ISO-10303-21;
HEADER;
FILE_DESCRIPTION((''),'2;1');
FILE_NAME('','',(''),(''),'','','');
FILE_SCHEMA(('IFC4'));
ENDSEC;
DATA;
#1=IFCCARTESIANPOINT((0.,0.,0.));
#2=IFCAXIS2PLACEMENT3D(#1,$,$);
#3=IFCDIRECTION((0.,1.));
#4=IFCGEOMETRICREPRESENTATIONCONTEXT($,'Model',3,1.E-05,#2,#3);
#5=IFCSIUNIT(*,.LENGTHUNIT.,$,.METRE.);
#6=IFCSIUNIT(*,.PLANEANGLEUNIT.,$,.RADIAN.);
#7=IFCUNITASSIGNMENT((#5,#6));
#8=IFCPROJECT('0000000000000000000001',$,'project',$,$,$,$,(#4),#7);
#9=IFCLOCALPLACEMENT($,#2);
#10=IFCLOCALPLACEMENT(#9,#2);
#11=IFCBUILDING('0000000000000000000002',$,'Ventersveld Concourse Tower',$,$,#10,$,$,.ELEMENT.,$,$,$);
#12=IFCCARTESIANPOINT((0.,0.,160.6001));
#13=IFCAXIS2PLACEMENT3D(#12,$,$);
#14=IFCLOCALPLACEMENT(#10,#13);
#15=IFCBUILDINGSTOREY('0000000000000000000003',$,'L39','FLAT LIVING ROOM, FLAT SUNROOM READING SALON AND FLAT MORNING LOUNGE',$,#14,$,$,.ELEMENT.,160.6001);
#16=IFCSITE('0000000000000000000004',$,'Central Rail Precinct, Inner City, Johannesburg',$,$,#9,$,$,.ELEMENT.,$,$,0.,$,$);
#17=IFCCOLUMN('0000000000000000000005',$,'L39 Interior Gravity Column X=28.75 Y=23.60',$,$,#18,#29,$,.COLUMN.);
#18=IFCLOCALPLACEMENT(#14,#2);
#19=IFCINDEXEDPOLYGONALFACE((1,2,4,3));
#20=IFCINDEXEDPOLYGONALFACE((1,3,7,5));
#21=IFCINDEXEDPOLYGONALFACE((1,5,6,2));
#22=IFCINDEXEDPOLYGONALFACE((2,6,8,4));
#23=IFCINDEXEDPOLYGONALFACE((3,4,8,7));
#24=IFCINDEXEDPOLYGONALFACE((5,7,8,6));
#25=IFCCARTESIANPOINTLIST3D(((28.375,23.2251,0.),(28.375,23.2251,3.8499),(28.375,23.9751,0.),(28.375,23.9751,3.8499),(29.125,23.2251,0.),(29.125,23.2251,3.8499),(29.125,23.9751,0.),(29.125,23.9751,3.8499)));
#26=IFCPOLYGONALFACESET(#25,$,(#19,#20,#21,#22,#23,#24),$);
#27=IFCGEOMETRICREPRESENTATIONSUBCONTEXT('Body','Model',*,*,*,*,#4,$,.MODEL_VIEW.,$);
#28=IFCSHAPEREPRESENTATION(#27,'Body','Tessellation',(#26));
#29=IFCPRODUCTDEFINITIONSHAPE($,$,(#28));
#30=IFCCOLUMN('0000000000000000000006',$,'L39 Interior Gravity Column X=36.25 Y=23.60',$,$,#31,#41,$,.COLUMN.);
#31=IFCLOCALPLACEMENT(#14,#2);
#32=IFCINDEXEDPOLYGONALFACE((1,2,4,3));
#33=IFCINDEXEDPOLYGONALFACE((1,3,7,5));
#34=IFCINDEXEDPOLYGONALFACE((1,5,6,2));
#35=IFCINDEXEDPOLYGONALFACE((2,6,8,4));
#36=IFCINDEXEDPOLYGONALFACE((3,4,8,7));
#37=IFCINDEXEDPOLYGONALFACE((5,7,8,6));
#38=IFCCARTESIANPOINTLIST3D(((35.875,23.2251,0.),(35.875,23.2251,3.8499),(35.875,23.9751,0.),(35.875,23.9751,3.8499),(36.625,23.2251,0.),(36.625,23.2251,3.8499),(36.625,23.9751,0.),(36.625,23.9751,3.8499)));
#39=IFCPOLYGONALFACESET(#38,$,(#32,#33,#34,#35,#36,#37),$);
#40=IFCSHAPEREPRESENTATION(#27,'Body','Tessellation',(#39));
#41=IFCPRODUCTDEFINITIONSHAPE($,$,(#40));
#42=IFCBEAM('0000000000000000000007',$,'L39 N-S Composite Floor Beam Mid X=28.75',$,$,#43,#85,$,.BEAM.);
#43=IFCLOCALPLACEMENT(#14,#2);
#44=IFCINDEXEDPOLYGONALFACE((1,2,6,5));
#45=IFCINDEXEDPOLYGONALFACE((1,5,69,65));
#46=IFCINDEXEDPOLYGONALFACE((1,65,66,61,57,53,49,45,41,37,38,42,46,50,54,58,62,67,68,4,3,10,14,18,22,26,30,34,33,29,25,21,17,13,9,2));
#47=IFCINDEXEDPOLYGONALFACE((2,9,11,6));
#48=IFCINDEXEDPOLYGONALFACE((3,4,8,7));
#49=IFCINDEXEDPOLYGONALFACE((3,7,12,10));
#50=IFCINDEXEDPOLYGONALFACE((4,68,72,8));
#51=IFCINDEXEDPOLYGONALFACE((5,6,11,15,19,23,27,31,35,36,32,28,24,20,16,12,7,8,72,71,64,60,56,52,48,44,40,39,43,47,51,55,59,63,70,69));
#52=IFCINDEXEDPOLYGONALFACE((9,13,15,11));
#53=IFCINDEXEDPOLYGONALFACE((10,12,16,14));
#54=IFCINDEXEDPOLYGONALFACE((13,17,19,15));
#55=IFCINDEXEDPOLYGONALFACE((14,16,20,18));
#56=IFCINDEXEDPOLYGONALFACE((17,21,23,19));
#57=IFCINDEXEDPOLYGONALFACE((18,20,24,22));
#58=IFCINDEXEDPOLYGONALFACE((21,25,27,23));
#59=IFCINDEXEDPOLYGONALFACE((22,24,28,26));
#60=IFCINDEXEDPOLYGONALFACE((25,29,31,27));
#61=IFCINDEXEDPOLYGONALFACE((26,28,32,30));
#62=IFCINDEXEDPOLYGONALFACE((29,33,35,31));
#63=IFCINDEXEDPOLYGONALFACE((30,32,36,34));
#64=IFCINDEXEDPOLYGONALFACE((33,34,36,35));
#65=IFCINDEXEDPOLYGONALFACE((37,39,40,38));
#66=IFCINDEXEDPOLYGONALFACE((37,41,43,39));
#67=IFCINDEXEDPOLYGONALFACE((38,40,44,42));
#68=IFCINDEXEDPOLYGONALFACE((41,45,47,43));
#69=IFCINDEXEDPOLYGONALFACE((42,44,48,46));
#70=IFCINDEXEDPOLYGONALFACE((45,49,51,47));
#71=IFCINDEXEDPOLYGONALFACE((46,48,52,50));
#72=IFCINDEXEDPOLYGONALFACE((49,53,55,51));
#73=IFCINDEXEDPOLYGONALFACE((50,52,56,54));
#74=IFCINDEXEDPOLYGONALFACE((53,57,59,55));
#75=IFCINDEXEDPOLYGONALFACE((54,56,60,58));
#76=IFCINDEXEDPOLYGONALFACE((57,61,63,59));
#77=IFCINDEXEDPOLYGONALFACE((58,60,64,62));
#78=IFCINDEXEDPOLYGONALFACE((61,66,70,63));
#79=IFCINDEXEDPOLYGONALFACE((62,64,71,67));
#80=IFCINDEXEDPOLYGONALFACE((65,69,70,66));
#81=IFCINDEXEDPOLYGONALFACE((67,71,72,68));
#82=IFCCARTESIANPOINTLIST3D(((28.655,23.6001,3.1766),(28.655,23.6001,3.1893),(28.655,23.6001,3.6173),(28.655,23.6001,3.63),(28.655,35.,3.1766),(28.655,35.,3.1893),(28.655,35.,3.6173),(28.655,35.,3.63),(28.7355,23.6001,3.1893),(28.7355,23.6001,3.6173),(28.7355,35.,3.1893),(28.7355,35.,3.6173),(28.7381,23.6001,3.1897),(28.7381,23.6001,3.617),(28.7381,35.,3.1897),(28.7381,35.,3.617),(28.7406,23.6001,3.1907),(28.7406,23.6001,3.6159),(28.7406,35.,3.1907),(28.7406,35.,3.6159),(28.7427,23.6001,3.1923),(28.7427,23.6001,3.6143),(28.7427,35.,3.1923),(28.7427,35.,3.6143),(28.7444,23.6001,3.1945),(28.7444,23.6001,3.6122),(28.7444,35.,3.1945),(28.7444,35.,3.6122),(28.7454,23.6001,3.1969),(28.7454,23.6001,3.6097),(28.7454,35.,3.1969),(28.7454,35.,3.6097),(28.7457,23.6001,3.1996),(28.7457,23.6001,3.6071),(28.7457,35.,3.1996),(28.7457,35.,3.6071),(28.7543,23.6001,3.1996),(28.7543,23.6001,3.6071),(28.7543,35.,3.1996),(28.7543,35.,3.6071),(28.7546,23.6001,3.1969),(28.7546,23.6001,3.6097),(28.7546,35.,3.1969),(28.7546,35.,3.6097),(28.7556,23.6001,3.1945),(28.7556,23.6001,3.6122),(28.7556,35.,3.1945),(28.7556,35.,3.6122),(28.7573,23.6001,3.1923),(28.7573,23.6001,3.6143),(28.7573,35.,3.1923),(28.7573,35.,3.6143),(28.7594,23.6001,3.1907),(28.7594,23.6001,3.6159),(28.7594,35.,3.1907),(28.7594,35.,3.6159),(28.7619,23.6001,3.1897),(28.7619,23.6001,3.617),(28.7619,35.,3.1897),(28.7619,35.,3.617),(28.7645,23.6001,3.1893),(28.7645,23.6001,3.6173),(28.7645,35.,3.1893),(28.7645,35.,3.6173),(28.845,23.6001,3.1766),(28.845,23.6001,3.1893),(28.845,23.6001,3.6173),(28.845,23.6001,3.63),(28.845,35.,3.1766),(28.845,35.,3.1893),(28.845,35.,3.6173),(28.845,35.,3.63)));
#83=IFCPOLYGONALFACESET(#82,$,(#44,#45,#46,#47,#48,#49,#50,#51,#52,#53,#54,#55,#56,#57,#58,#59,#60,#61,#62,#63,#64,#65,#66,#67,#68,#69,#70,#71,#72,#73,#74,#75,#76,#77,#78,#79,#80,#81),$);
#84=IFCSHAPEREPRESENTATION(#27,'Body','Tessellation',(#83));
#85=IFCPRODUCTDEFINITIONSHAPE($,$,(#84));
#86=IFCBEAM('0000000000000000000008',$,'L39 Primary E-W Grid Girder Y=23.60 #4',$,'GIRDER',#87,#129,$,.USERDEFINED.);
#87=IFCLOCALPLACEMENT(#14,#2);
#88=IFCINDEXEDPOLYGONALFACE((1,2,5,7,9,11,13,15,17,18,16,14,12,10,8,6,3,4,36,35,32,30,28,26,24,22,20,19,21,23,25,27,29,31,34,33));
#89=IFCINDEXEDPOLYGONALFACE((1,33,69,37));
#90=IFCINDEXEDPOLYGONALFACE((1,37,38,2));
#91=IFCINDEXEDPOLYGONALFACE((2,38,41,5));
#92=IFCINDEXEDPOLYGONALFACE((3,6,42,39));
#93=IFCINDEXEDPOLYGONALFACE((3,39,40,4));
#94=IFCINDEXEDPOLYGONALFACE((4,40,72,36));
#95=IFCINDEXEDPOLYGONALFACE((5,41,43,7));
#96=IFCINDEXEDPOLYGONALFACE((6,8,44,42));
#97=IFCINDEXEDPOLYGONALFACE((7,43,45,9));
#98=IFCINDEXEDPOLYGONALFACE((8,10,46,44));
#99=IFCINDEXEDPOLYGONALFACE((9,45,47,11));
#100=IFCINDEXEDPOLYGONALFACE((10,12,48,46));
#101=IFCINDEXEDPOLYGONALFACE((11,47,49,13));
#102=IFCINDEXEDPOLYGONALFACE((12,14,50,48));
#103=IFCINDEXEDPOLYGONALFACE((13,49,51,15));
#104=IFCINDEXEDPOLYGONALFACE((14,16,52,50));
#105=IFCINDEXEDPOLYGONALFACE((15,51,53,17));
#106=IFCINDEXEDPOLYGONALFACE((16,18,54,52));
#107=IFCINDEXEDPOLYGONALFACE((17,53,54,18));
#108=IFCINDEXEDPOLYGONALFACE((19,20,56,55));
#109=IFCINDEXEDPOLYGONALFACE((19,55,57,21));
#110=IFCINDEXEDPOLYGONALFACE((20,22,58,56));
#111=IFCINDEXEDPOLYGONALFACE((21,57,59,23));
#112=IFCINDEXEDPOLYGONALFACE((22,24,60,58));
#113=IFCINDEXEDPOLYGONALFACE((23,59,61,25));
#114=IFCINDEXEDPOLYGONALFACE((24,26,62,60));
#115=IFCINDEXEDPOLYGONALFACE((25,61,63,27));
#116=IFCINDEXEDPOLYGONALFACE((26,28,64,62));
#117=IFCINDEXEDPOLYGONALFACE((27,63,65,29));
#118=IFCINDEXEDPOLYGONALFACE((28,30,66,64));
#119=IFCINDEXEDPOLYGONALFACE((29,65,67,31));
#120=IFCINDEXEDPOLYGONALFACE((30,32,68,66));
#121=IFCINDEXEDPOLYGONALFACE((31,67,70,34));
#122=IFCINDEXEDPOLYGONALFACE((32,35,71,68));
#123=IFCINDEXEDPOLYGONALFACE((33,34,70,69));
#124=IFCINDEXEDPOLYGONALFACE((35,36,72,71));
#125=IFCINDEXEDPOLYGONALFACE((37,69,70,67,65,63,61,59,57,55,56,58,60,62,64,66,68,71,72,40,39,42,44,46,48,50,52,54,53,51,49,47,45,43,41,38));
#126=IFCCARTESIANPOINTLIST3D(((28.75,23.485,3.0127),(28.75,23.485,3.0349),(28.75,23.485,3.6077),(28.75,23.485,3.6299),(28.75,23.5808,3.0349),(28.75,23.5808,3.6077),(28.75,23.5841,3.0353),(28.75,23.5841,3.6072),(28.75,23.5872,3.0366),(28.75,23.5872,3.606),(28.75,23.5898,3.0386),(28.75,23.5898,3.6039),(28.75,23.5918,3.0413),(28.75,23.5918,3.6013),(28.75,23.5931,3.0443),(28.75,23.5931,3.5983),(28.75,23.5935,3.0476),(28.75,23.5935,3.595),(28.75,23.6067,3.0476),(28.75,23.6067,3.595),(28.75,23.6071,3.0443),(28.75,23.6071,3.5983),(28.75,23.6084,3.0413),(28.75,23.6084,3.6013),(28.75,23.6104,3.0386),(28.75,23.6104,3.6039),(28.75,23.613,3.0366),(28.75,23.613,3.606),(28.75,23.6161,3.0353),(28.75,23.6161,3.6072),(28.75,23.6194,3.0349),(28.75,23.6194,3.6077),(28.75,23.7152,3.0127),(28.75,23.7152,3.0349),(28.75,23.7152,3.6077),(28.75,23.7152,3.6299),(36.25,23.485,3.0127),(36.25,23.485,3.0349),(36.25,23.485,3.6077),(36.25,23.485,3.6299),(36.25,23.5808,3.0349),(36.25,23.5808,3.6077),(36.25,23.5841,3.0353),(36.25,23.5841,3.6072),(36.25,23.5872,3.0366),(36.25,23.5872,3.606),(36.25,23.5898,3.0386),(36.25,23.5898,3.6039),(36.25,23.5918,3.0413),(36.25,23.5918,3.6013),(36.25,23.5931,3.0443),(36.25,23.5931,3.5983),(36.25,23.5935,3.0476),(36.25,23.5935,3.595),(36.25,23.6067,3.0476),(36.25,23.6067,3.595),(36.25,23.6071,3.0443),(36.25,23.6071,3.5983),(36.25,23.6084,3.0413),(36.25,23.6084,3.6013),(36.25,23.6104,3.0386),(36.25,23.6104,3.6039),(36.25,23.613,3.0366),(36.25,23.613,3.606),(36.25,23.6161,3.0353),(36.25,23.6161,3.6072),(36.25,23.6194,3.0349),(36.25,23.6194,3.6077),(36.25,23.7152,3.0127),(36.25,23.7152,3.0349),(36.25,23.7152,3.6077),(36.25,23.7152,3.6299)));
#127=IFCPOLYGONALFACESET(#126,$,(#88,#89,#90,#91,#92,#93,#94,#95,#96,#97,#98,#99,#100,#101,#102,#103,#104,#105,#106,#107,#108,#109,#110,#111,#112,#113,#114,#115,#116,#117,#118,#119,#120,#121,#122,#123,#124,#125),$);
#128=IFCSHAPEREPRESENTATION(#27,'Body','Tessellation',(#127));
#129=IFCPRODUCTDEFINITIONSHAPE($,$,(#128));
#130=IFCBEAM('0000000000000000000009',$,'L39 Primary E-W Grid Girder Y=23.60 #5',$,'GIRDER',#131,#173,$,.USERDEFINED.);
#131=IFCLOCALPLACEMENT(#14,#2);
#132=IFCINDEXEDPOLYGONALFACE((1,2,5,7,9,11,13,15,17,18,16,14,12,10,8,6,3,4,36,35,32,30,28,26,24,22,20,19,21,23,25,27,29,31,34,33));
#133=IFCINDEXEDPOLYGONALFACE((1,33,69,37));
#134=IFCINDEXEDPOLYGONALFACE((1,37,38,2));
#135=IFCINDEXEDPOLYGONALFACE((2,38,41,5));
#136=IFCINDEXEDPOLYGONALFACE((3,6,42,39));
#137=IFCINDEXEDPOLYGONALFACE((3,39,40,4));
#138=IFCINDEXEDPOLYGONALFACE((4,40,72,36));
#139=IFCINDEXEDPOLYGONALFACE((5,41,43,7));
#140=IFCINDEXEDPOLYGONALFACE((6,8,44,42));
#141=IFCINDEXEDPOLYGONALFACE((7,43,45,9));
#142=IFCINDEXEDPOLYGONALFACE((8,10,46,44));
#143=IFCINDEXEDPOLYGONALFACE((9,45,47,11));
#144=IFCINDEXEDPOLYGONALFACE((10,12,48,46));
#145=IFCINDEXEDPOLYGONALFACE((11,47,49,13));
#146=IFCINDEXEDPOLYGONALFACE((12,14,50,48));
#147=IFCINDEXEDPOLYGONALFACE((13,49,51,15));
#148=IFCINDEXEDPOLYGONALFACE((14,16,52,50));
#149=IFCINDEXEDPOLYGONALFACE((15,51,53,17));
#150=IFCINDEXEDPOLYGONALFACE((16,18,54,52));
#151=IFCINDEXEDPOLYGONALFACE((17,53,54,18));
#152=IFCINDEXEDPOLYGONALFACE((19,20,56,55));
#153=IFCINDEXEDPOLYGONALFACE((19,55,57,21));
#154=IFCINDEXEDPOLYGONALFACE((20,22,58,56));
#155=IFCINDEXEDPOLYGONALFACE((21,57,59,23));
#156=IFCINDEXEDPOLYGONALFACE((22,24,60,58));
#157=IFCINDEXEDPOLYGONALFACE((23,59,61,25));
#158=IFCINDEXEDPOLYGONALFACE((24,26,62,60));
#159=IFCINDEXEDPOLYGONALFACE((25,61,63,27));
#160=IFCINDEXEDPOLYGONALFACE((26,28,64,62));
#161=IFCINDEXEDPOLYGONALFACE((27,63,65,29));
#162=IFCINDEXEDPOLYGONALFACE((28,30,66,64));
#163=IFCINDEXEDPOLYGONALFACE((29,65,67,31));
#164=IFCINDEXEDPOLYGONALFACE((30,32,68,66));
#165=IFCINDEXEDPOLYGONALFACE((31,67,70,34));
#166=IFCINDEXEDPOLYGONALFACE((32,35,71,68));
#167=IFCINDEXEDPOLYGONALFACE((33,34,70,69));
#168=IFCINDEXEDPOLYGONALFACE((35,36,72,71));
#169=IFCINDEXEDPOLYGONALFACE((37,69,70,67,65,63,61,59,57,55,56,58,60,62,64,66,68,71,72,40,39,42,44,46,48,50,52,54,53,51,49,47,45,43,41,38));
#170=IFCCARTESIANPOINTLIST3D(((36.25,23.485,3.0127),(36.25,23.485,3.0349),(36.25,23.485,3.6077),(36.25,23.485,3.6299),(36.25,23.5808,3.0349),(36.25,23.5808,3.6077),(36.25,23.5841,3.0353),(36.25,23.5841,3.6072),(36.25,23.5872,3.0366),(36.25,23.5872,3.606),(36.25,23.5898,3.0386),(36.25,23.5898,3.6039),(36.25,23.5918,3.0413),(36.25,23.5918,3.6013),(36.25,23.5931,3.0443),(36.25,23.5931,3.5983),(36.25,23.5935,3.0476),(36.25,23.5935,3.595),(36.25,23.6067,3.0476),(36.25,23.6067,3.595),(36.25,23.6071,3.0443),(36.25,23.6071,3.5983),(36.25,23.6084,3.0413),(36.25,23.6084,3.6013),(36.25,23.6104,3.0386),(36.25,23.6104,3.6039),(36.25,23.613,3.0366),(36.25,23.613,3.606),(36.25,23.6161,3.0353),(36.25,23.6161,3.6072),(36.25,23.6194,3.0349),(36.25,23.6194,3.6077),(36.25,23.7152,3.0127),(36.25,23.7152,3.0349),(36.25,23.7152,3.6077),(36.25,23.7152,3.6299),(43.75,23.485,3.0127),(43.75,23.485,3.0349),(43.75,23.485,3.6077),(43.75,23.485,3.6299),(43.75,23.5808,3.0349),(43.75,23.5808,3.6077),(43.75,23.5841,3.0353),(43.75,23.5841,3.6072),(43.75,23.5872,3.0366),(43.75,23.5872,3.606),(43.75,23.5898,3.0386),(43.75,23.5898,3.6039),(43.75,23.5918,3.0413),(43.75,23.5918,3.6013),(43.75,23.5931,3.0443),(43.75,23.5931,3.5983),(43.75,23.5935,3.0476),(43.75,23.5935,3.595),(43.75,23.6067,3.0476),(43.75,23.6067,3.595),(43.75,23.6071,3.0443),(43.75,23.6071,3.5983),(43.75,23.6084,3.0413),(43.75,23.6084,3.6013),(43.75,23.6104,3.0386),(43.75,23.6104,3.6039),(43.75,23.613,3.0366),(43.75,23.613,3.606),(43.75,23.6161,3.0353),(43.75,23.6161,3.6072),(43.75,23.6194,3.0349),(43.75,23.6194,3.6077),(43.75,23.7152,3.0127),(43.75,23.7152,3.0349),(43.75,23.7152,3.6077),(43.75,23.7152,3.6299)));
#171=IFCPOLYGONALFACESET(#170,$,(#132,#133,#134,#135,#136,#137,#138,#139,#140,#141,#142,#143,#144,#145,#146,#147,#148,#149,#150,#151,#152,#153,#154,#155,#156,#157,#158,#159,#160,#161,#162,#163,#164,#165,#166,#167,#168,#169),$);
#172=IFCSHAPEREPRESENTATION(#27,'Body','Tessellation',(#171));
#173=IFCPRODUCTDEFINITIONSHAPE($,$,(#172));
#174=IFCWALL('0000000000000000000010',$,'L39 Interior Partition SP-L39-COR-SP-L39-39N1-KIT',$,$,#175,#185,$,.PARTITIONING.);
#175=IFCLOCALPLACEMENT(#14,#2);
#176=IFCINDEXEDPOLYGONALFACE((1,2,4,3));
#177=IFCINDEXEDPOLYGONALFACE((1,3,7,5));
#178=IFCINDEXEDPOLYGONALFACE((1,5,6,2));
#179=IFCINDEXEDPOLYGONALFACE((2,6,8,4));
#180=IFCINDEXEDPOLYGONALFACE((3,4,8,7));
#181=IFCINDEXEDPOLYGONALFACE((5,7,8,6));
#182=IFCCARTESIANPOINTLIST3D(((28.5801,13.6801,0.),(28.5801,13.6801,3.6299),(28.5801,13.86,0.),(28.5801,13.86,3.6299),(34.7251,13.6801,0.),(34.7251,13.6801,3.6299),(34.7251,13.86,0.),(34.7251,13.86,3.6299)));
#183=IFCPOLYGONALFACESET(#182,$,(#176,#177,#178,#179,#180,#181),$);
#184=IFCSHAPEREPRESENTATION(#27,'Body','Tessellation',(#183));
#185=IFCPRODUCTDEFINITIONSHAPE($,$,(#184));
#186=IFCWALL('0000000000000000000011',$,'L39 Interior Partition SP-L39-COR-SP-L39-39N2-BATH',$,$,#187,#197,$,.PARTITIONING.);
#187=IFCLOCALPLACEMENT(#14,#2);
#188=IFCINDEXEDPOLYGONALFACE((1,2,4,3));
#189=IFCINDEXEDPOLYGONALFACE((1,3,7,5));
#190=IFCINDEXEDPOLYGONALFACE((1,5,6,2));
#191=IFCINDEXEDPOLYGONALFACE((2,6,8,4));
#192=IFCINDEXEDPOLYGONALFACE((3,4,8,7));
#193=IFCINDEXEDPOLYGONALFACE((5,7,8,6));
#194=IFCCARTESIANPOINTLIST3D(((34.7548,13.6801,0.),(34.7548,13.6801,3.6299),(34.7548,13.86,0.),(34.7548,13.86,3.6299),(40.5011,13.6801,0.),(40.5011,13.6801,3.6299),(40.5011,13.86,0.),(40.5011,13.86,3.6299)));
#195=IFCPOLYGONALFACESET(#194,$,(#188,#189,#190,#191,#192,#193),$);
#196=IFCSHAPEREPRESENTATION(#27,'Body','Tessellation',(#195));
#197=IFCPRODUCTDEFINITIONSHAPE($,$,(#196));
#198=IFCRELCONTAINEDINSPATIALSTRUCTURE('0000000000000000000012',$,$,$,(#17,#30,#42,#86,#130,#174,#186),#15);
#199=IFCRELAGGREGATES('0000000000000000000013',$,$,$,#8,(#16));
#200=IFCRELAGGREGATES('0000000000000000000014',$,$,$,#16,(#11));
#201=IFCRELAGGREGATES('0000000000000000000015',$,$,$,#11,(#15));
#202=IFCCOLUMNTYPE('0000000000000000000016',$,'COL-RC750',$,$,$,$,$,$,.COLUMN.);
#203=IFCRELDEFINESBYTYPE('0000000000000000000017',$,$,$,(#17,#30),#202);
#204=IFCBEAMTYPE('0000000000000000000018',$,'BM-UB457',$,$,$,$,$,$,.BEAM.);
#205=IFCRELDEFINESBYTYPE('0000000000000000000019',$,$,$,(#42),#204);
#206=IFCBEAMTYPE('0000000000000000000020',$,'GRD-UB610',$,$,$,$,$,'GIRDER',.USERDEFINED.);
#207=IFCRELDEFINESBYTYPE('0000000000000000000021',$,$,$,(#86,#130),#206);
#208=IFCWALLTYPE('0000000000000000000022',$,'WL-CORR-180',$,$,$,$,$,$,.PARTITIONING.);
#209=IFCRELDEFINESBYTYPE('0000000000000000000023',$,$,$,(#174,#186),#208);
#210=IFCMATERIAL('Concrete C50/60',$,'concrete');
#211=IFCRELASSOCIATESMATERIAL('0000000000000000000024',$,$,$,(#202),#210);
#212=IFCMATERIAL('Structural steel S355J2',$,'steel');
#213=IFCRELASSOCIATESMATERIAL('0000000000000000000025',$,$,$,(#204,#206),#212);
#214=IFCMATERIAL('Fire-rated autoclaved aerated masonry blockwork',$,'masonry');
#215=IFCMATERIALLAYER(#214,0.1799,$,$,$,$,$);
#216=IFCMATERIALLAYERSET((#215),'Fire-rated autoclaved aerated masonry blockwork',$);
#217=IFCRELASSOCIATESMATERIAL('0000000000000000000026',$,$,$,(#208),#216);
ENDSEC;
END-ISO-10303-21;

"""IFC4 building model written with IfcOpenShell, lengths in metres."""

from ifc_helpers import new_model, si_unit, direction, frame, frame_2d, origin, origin_2d, place, context, subcontext, project, spatial, rectangle, i_section, extrude, material, layer, layer_set, material_profile, profile_set, type_object, element, save


model = new_model("IFC4")

# Units and contexts
model_context = context("Model", 3, precision=1e-05, world=origin(), true_north=direction((0.0, 1.0)))
body_context = subcontext(model_context, "Body", "Model", "MODEL_VIEW")
ifc_project = project(units=[si_unit("LENGTHUNIT", "METRE"), si_unit("PLANEANGLEUNIT", "RADIAN")], contexts=[model_context])

# Site, building, storey
site_placement = place(None, origin())
site = spatial("IfcSite", under=ifc_project, at=site_placement, Name="Central Rail Precinct, Inner City, Johannesburg", CompositionType="ELEMENT", RefElevation=0.0)
building_placement = place(site_placement, origin())
building = spatial("IfcBuilding", under=site, at=building_placement, Name="Ventersveld Concourse Tower", CompositionType="ELEMENT")
storey_placement = place(building_placement, frame((0.0, 0.0, 160.6001)))
storey = spatial("IfcBuildingStorey", under=building, at=storey_placement, Name="L39", Description="FLAT LIVING ROOM, FLAT SUNROOM READING SALON AND FLAT MORNING LOUNGE", CompositionType="ELEMENT", Elevation=160.6001)

# Columns
ifc_material_1 = material(Name="Concrete C50/60", Category="concrete")
ifc_material_profile_1 = material_profile(ifc_material_1, rectangle(XDim=0.75, YDim=0.75, at=origin_2d()), Name="RC 750x750")
ifc_profile_set_1 = profile_set([ifc_material_profile_1], Name="Concrete C50/60")
column_type = type_object("IfcColumnType", Name="COL-RC750", PredefinedType="COLUMN", material=ifc_profile_set_1)
for number, where, z_axis, x_axis, name in (
    (1, (28.75, 23.6001, 0.0), (0.0, 0.0, 1.0), (1.0, 0.0, 0.0), "L39 Interior Gravity Column X=28.75 Y=23.60"),
    (2, (36.25, 23.6001, 0.0), (0.0, 0.0, 1.0), (1.0, 0.0, 0.0), "L39 Interior Gravity Column X=36.25 Y=23.60"),
):
    element("IfcColumn", number, at=place(storey_placement, frame(where, z_axis=z_axis, x_axis=x_axis)), inside=storey, type_object=column_type, Name=name, PredefinedType="COLUMN", context=body_context, shape_type="SweptSolid", body=[
        extrude(rectangle(XDim=0.75, YDim=0.75, at=origin_2d()), origin(), (0.0, 0.0, 1.0), 3.8499),
    ])

# Beams
ifc_material_2 = material(Name="Structural steel S355J2", Category="steel")
ifc_material_profile_2 = material_profile(ifc_material_2, i_section(OverallWidth=0.1899, OverallDepth=0.4534, WebThickness=0.0085, FlangeThickness=0.0127, FilletRadius=0.0103, at=origin_2d()), Name="UB 457x191x67")
ifc_profile_set_2 = profile_set([ifc_material_profile_2], Name="Structural steel S355J2")
beam_type_1 = type_object("IfcBeamType", Name="BM-UB457", PredefinedType="BEAM", material=ifc_profile_set_2)
beam_placement = place(storey_placement, frame((28.75, 23.6001, 3.4033), z_axis=(0.0, 1.0, 0.0), x_axis=(-1.0, 0.0, 0.0)))
element("IfcBeam", 3, at=beam_placement, inside=storey, type_object=beam_type_1, Name="L39 N-S Composite Floor Beam Mid X=28.75", PredefinedType="BEAM", context=body_context, shape_type="SweptSolid", body=[
    extrude(i_section(OverallWidth=0.1899, OverallDepth=0.4534, WebThickness=0.0085, FlangeThickness=0.0127, FilletRadius=0.0103, at=origin_2d()), origin(), (0.0, 0.0, 1.0), 11.3999),
])
ifc_material_profile_3 = material_profile(ifc_material_2, i_section(OverallWidth=0.2302, OverallDepth=0.6172, WebThickness=0.0132, FlangeThickness=0.0222, FilletRadius=0.0127, at=origin_2d()), Name="UB 610x229x140")
ifc_profile_set_3 = profile_set([ifc_material_profile_3], Name="Structural steel S355J2")
beam_type_2 = type_object("IfcBeamType", Name="GRD-UB610", ElementType="GIRDER", PredefinedType="USERDEFINED", material=ifc_profile_set_3)
for number, where, z_axis, x_axis, name in (
    (4, (28.75, 23.6001, 3.3213), (1.0, 0.0, 0.0), (0.0, 1.0, 0.0), "L39 Primary E-W Grid Girder Y=23.60 #4"),
    (5, (36.25, 23.6001, 3.3213), (1.0, 0.0, 0.0), (0.0, 1.0, 0.0), "L39 Primary E-W Grid Girder Y=23.60 #5"),
):
    element("IfcBeam", number, at=place(storey_placement, frame(where, z_axis=z_axis, x_axis=x_axis)), inside=storey, type_object=beam_type_2, Name=name, ObjectType="GIRDER", PredefinedType="USERDEFINED", context=body_context, shape_type="SweptSolid", body=[
        extrude(i_section(OverallWidth=0.2302, OverallDepth=0.6172, WebThickness=0.0132, FlangeThickness=0.0222, FilletRadius=0.0127, at=origin_2d()), origin(), (0.0, 0.0, 1.0), 7.5),
    ])

# Walls
ifc_material_3 = material(Name="Fire-rated autoclaved aerated masonry blockwork", Category="masonry")
ifc_layer_1 = layer(ifc_material_3, 0.1799)
ifc_layer_set_1 = layer_set([ifc_layer_1], Name="Fire-rated autoclaved aerated masonry blockwork")
wall_type_1 = type_object("IfcWallType", Name="WL-CORR-180", PredefinedType="PARTITIONING", material=ifc_layer_set_1)
wall_1_placement = place(storey_placement, frame((28.5801, 13.77, 0.0), z_axis=(0.0, 0.0, 1.0), x_axis=(1.0, 0.0, 0.0)))
element("IfcWall", 6, at=wall_1_placement, inside=storey, type_object=wall_type_1, Name="L39 Interior Partition SP-L39-COR-SP-L39-39N1-KIT", PredefinedType="PARTITIONING", context=body_context, shape_type="SweptSolid", body=[
    extrude(rectangle(XDim=6.145, YDim=0.1799, at=frame_2d((3.0725, 0.0))), origin(), (0.0, 0.0, 1.0), 3.6299),
])
wall_2_placement = place(storey_placement, frame((34.7549, 13.77, 0.0), z_axis=(0.0, 0.0, 1.0), x_axis=(1.0, 0.0, 0.0)))
element("IfcWall", 7, at=wall_2_placement, inside=storey, type_object=wall_type_1, Name="L39 Interior Partition SP-L39-COR-SP-L39-39N2-BATH", PredefinedType="PARTITIONING", context=body_context, shape_type="SweptSolid", body=[
    extrude(rectangle(XDim=5.7463, YDim=0.1799, at=frame_2d((2.873, 0.0))), origin(), (0.0, 0.0, 1.0), 3.6299),
])

save(model, "model.ifc")
